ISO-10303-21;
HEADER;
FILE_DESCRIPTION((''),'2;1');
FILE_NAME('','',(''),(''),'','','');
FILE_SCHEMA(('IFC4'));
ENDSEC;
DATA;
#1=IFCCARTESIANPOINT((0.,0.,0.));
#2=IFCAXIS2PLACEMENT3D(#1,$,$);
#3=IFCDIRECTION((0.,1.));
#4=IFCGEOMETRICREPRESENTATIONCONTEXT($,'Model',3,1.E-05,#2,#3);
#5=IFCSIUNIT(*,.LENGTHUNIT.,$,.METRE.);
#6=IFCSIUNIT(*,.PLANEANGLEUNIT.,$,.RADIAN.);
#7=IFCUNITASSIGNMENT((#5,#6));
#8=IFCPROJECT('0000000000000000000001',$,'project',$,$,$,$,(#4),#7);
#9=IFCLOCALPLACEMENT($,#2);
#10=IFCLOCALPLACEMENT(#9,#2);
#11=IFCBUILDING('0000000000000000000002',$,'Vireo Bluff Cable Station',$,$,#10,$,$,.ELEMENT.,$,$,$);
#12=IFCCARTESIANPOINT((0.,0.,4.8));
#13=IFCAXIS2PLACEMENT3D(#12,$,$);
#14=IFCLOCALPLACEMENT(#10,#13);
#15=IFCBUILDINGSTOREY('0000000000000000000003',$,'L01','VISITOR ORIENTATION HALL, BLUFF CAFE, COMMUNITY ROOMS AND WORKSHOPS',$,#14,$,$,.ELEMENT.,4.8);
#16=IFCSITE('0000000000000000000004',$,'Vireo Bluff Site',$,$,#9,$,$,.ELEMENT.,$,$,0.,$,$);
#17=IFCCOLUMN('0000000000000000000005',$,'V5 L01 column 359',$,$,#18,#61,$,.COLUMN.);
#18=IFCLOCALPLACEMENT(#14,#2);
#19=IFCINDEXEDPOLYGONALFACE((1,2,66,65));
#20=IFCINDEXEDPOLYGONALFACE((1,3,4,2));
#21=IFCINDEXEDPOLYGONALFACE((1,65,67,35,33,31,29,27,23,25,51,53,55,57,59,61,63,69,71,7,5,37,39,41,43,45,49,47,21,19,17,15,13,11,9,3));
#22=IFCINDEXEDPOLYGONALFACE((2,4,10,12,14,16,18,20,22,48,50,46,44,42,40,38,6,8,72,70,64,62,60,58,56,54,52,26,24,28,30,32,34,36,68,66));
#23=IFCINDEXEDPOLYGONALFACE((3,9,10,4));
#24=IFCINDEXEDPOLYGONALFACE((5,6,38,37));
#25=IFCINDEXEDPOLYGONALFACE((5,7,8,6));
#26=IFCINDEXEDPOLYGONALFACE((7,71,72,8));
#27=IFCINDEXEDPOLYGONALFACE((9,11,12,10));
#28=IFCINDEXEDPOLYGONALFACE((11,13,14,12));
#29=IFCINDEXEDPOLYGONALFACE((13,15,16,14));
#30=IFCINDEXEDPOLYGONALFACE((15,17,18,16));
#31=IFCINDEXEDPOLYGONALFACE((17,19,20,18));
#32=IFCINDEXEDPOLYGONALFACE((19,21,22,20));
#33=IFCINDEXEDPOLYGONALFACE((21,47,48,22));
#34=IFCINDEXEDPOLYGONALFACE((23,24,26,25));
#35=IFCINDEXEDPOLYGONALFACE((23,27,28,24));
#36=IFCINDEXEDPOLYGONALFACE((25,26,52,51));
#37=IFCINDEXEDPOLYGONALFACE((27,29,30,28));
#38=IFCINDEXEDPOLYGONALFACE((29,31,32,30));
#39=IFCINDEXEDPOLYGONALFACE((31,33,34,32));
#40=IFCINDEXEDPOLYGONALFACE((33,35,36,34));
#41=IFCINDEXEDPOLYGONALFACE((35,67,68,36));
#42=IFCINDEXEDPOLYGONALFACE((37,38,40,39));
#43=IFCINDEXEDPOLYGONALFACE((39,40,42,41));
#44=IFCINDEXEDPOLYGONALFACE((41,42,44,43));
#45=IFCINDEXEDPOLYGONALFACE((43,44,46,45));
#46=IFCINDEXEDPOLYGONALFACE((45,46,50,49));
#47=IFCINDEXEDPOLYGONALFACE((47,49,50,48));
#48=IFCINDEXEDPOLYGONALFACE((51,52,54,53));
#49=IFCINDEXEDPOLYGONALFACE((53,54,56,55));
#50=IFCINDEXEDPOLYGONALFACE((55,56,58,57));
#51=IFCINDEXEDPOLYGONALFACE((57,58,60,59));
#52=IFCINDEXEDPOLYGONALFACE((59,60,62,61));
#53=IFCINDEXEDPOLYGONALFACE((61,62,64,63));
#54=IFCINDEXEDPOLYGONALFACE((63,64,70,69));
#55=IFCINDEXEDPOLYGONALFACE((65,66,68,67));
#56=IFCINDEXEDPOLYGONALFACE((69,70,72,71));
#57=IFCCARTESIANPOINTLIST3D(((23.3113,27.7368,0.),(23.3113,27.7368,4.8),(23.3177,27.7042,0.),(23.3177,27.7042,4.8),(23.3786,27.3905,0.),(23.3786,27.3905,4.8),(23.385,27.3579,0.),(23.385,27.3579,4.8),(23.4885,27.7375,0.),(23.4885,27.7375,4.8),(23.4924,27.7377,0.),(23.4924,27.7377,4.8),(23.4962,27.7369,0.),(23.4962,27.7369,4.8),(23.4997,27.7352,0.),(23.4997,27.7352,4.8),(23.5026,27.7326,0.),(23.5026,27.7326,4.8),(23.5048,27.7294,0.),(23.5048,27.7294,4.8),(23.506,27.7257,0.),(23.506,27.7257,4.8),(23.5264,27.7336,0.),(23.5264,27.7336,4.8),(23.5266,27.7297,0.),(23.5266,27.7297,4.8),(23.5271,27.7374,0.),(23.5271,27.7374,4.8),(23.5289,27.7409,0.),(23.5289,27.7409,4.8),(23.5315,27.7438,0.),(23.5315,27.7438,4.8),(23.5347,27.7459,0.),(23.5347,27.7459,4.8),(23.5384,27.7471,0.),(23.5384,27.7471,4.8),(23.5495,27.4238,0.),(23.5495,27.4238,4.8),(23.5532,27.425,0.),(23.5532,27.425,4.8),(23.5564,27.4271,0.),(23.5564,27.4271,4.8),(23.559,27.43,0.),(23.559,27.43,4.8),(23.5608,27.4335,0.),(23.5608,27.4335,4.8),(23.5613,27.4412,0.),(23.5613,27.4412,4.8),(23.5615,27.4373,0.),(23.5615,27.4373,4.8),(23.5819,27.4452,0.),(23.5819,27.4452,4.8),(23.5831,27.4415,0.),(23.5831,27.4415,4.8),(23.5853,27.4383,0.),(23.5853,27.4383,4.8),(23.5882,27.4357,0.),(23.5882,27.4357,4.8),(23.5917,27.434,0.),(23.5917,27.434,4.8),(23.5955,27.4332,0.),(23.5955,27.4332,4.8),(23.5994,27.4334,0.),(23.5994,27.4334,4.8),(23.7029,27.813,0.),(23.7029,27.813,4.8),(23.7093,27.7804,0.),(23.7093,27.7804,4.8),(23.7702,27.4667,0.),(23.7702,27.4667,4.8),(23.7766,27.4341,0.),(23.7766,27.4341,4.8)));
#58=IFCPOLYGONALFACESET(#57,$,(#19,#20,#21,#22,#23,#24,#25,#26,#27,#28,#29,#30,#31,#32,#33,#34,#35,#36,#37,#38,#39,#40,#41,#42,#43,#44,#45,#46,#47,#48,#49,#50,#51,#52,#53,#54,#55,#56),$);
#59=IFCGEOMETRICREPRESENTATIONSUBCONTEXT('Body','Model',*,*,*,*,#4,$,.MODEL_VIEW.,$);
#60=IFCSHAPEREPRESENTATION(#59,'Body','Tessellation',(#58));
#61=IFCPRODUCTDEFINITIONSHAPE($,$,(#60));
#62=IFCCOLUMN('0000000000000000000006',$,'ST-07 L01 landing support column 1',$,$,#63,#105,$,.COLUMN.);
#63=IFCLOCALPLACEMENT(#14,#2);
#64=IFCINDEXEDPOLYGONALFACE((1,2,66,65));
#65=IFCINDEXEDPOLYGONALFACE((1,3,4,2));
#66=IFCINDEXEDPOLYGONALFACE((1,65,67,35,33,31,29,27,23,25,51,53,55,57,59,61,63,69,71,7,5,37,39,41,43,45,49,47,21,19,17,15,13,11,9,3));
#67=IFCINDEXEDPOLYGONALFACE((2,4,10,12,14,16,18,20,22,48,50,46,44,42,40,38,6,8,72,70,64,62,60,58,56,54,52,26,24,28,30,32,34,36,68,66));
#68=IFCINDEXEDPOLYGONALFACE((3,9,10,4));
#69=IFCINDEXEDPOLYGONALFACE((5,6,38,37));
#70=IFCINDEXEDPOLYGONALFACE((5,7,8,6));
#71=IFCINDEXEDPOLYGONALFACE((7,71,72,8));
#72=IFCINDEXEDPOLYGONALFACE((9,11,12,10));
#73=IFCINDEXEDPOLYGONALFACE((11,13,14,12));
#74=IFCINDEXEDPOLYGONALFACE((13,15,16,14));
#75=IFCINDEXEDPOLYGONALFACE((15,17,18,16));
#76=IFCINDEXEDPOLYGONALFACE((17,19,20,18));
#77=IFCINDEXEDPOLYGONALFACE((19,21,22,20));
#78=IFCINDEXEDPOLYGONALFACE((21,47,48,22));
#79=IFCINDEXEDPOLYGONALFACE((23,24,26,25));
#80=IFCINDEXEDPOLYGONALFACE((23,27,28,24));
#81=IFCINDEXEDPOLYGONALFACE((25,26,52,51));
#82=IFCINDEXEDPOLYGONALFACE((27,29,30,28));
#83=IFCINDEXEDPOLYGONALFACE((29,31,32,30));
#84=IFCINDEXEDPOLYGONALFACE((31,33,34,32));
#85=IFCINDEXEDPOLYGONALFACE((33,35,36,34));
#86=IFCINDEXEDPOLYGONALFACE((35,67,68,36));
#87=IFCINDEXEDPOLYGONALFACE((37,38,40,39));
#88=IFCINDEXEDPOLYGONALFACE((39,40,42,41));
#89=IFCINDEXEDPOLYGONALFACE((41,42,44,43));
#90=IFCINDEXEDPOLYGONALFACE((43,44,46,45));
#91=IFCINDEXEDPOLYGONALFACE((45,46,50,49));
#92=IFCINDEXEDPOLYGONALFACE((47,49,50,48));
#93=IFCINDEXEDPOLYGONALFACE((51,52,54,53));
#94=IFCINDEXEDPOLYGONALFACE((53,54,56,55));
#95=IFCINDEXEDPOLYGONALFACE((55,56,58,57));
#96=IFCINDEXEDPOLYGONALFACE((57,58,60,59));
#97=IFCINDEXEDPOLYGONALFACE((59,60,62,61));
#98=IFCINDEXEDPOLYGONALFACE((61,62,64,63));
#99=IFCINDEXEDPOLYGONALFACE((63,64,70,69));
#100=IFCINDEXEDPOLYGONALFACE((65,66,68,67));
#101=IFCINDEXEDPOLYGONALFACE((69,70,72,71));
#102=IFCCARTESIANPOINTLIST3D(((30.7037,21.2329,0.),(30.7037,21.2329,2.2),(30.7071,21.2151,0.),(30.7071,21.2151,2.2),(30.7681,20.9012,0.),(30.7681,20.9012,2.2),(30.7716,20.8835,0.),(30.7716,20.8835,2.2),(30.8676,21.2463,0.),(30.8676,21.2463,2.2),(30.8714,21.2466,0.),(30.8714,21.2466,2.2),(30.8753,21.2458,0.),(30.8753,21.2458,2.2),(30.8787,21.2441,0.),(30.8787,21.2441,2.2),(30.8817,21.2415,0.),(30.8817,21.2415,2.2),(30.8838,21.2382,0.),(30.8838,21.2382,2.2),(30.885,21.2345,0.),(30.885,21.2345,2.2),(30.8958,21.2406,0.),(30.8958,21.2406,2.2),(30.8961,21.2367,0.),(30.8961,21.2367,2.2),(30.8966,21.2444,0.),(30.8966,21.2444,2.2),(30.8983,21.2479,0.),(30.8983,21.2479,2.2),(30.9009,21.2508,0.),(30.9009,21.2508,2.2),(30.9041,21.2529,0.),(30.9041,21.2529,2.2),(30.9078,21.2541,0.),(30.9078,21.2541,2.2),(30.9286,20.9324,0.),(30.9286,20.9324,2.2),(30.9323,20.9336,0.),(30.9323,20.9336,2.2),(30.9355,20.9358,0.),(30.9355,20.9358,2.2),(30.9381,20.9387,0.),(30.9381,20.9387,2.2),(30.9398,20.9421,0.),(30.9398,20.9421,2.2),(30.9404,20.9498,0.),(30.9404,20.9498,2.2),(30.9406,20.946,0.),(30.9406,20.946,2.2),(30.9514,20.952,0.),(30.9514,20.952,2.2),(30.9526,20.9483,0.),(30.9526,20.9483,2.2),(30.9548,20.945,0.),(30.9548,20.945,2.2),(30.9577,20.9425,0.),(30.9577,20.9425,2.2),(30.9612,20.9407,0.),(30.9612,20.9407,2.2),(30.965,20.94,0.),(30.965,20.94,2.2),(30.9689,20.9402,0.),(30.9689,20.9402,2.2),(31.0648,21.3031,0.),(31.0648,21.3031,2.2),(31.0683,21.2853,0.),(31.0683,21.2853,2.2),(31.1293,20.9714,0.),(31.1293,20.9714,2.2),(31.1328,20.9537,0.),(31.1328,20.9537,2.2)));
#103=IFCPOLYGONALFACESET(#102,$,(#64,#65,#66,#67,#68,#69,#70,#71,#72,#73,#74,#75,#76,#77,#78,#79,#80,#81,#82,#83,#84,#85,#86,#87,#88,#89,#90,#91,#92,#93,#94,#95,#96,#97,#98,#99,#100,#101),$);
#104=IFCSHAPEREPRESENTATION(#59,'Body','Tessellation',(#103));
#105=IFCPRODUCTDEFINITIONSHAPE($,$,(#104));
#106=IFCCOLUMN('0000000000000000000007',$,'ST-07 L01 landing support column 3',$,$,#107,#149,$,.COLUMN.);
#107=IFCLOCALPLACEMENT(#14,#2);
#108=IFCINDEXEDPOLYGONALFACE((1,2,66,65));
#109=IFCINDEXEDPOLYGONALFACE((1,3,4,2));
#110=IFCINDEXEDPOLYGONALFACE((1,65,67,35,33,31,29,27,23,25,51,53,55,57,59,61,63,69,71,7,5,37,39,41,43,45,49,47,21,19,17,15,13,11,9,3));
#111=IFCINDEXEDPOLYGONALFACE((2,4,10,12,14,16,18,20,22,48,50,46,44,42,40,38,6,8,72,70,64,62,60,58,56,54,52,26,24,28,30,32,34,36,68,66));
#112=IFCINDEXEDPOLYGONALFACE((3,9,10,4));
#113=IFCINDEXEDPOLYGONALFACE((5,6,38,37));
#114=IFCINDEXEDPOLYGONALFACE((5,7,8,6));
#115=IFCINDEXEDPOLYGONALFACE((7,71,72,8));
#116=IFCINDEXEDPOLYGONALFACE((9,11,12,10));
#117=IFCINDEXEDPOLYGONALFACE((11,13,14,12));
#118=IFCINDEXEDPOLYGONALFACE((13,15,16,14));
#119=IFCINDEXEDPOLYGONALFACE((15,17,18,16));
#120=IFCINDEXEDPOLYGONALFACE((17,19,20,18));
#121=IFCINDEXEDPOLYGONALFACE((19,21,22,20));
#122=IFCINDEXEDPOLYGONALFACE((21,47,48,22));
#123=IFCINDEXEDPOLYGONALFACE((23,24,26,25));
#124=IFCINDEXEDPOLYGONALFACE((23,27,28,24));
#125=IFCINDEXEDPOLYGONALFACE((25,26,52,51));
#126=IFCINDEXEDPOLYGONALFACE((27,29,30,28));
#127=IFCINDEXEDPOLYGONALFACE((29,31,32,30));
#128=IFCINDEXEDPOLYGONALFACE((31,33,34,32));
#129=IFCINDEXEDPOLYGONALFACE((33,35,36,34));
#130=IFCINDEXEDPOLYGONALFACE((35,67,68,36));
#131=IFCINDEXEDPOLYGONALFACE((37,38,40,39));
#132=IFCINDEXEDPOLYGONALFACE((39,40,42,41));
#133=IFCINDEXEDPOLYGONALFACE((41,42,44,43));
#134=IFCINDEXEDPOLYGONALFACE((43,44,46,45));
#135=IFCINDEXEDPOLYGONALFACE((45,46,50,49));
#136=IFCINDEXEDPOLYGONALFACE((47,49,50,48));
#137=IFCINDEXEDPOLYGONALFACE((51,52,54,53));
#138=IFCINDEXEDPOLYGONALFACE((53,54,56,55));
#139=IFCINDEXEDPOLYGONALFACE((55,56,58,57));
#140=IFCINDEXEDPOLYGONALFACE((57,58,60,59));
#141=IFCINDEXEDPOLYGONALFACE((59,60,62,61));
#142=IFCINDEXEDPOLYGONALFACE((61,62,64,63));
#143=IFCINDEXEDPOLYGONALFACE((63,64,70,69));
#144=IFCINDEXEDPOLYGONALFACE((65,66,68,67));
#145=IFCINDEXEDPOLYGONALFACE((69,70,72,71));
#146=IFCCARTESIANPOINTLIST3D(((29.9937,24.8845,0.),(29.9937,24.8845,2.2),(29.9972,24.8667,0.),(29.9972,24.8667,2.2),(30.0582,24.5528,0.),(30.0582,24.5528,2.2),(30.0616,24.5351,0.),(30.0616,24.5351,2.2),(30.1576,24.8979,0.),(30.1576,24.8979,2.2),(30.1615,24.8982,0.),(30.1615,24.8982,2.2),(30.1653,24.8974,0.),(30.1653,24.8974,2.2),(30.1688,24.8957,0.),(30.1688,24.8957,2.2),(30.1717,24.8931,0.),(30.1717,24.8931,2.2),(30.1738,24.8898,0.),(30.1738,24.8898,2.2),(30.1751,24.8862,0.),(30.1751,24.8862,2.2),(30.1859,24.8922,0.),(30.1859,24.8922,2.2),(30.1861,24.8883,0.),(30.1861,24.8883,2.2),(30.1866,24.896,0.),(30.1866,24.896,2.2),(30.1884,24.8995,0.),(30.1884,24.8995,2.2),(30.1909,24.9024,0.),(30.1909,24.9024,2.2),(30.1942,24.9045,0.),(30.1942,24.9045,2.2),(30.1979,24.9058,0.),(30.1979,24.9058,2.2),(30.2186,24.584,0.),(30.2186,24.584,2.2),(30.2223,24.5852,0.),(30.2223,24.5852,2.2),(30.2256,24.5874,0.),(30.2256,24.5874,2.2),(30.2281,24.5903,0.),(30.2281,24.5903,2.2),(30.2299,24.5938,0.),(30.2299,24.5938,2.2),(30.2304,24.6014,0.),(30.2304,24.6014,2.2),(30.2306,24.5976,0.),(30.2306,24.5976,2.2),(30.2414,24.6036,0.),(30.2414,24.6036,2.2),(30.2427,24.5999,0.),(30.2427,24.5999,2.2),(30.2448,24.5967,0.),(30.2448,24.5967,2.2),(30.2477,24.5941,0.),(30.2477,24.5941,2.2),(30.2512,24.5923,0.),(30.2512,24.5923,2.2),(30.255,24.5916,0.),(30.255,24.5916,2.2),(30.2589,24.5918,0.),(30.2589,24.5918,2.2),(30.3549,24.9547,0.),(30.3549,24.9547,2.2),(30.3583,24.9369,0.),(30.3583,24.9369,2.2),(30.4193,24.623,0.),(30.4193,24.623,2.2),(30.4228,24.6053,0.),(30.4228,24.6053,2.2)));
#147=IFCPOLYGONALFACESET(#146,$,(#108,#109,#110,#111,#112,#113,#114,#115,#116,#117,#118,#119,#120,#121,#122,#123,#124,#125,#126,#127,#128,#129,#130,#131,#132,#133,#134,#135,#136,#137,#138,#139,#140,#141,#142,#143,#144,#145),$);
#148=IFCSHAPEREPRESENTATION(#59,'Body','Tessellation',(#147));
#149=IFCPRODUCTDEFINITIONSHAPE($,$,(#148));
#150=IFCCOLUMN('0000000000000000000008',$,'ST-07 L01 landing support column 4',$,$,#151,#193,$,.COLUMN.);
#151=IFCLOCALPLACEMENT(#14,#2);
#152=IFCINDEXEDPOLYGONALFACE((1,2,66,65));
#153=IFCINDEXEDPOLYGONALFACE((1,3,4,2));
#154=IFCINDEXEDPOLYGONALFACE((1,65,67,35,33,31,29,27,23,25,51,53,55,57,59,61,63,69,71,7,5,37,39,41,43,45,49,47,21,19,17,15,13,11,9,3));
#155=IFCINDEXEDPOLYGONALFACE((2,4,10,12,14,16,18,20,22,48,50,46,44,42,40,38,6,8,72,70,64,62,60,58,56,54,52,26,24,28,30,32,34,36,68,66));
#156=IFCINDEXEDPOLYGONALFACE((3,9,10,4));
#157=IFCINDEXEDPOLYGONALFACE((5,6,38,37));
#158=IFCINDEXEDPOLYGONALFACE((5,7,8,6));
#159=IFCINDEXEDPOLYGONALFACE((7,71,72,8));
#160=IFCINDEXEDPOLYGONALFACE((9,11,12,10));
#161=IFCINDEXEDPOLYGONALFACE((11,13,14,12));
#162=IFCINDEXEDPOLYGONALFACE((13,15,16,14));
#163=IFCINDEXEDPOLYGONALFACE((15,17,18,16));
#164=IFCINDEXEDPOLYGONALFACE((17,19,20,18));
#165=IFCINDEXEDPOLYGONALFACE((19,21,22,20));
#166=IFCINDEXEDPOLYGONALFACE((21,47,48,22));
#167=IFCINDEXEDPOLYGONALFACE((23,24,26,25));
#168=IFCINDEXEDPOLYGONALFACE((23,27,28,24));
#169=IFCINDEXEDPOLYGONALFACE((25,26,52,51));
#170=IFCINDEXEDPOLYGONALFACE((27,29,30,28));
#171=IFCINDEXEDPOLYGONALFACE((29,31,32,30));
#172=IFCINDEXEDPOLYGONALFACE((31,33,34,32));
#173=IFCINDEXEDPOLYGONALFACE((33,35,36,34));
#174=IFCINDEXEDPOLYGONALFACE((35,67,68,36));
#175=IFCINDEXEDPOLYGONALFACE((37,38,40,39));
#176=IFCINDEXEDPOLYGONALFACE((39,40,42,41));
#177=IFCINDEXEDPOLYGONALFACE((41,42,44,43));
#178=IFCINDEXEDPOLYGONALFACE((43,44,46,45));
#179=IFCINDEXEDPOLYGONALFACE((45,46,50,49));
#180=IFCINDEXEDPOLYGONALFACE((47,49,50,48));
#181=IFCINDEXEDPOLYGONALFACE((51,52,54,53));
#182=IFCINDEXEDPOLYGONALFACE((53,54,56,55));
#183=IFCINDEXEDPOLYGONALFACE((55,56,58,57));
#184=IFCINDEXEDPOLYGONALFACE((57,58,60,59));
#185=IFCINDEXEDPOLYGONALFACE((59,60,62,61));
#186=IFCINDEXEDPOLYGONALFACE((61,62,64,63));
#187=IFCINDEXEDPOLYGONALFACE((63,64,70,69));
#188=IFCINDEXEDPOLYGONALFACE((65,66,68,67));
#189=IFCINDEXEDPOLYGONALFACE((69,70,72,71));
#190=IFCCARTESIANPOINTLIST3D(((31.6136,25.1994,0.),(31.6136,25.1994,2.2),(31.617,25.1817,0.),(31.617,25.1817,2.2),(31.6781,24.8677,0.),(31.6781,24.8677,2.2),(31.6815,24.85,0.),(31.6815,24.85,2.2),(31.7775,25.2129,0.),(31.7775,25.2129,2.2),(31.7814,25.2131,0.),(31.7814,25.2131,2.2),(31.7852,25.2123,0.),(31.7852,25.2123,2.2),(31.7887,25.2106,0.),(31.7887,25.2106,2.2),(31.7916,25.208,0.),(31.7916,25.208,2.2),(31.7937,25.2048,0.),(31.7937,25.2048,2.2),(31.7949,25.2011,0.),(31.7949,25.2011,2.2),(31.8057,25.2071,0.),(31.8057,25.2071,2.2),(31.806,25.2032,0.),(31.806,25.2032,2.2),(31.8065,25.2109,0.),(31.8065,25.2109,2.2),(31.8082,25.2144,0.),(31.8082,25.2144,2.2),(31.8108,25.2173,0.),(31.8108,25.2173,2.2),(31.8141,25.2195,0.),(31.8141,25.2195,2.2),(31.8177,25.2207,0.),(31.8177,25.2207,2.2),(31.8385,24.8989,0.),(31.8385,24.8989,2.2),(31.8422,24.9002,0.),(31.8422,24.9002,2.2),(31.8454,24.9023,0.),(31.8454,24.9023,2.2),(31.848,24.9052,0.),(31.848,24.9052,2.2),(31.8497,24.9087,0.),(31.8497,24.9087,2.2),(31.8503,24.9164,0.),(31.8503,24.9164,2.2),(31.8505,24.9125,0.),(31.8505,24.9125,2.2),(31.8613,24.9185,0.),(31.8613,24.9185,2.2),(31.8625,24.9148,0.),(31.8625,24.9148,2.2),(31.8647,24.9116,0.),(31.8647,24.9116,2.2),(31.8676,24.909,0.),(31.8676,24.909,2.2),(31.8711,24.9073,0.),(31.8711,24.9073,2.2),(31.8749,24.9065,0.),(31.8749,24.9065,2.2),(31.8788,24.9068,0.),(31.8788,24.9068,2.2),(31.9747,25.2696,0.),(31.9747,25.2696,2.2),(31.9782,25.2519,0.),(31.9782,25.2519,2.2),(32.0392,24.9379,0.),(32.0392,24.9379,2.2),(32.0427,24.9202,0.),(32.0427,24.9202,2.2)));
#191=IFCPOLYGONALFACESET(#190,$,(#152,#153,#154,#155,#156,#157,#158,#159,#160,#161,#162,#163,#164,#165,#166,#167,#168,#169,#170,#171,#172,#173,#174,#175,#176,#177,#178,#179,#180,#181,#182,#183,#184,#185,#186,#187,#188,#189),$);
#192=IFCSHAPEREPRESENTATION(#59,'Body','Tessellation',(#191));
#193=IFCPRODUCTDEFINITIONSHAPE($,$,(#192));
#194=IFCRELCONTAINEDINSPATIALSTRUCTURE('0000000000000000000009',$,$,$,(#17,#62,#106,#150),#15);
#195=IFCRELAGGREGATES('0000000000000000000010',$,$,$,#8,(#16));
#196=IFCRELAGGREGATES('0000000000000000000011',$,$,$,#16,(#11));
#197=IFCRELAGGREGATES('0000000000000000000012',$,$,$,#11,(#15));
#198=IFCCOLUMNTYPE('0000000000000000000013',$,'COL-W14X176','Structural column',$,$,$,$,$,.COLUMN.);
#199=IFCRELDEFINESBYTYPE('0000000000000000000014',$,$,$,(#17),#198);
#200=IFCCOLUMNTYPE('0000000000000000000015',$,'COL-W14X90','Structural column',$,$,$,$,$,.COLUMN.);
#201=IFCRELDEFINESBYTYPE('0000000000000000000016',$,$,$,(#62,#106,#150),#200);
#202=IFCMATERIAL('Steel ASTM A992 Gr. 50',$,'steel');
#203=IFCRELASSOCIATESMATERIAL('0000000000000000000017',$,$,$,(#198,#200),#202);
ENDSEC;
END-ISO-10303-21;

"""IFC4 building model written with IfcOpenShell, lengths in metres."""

from ifc_helpers import new_model, si_unit, direction, frame, origin, origin_2d, place, context, subcontext, project, spatial, i_section, extrude, material, material_profile, profile_set, type_object, element, save


model = new_model("IFC4")

# Units and contexts
model_context = context("Model", 3, precision=1e-05, world=origin(), true_north=direction((0.0, 1.0)))
body_context = subcontext(model_context, "Body", "Model", "MODEL_VIEW")
ifc_project = project(units=[si_unit("LENGTHUNIT", "METRE"), si_unit("PLANEANGLEUNIT", "RADIAN")], contexts=[model_context])

# Site, building, storey
site_placement = place(None, origin())
site = spatial("IfcSite", under=ifc_project, at=site_placement, Name="Vireo Bluff Site", CompositionType="ELEMENT", RefElevation=0.0)
building_placement = place(site_placement, origin())
building = spatial("IfcBuilding", under=site, at=building_placement, Name="Vireo Bluff Cable Station", CompositionType="ELEMENT")
storey_placement = place(building_placement, frame((0.0, 0.0, 4.8)))
storey = spatial("IfcBuildingStorey", under=building, at=storey_placement, Name="L01", Description="VISITOR ORIENTATION HALL, BLUFF CAFE, COMMUNITY ROOMS AND WORKSHOPS", CompositionType="ELEMENT", Elevation=4.8)

# Columns
ifc_material_1 = material(Name="Steel ASTM A992 Gr. 50", Category="steel")
ifc_material_profile_1 = material_profile(ifc_material_1, i_section(OverallWidth=0.3989, OverallDepth=0.386, WebThickness=0.021, FlangeThickness=0.0332, FilletRadius=0.0149, at=origin_2d()), Name="W14X176")
ifc_profile_set_1 = profile_set([ifc_material_profile_1], Name="Steel ASTM A992 Gr. 50")
column_type_1 = type_object("IfcColumnType", Name="COL-W14X176", Description="Structural column", PredefinedType="COLUMN", material=ifc_profile_set_1)
column_placement = place(storey_placement, frame((23.5439, 27.5854, 0.0), z_axis=(0.0, 0.0, 1.0), x_axis=(0.981627, 0.190809, 0.0)))
element("IfcColumn", 1, at=column_placement, inside=storey, type_object=column_type_1, Name="V5 L01 column 359", PredefinedType="COLUMN", context=body_context, shape_type="SweptSolid", body=[
    extrude(i_section(OverallWidth=0.3989, OverallDepth=0.386, WebThickness=0.021, FlangeThickness=0.0332, FilletRadius=0.0149, at=origin_2d()), origin(), (0.0, 0.0, 1.0), 4.8),
])
ifc_material_profile_2 = material_profile(ifc_material_1, i_section(OverallWidth=0.3679, OverallDepth=0.356, WebThickness=0.0112, FlangeThickness=0.0181, FilletRadius=0.0149, at=origin_2d()), Name="W14X90")
ifc_profile_set_2 = profile_set([ifc_material_profile_2], Name="Steel ASTM A992 Gr. 50")
column_type_2 = type_object("IfcColumnType", Name="COL-W14X90", Description="Structural column", PredefinedType="COLUMN", material=ifc_profile_set_2)
for number, where, z_axis, x_axis, name in (
    (2, (30.9182, 21.0933, 0.0), (0.0, 0.0, 1.0), (0.981627, 0.190809, 0.0), "ST-07 L01 landing support column 1"),
    (3, (30.2083, 24.7449, 0.0), (0.0, 0.0, 1.0), (0.981627, 0.190809, 0.0), "ST-07 L01 landing support column 3"),
    (4, (31.8281, 25.0598, 0.0), (0.0, 0.0, 1.0), (0.981627, 0.190809, 0.0), "ST-07 L01 landing support column 4"),
):
    element("IfcColumn", number, at=place(storey_placement, frame(where, z_axis=z_axis, x_axis=x_axis)), inside=storey, type_object=column_type_2, Name=name, PredefinedType="COLUMN", context=body_context, shape_type="SweptSolid", body=[
        extrude(i_section(OverallWidth=0.3679, OverallDepth=0.356, WebThickness=0.0112, FlangeThickness=0.0181, FilletRadius=0.0149, at=origin_2d()), origin(), (0.0, 0.0, 1.0), 2.2),
    ])

save(model, "model.ifc")
